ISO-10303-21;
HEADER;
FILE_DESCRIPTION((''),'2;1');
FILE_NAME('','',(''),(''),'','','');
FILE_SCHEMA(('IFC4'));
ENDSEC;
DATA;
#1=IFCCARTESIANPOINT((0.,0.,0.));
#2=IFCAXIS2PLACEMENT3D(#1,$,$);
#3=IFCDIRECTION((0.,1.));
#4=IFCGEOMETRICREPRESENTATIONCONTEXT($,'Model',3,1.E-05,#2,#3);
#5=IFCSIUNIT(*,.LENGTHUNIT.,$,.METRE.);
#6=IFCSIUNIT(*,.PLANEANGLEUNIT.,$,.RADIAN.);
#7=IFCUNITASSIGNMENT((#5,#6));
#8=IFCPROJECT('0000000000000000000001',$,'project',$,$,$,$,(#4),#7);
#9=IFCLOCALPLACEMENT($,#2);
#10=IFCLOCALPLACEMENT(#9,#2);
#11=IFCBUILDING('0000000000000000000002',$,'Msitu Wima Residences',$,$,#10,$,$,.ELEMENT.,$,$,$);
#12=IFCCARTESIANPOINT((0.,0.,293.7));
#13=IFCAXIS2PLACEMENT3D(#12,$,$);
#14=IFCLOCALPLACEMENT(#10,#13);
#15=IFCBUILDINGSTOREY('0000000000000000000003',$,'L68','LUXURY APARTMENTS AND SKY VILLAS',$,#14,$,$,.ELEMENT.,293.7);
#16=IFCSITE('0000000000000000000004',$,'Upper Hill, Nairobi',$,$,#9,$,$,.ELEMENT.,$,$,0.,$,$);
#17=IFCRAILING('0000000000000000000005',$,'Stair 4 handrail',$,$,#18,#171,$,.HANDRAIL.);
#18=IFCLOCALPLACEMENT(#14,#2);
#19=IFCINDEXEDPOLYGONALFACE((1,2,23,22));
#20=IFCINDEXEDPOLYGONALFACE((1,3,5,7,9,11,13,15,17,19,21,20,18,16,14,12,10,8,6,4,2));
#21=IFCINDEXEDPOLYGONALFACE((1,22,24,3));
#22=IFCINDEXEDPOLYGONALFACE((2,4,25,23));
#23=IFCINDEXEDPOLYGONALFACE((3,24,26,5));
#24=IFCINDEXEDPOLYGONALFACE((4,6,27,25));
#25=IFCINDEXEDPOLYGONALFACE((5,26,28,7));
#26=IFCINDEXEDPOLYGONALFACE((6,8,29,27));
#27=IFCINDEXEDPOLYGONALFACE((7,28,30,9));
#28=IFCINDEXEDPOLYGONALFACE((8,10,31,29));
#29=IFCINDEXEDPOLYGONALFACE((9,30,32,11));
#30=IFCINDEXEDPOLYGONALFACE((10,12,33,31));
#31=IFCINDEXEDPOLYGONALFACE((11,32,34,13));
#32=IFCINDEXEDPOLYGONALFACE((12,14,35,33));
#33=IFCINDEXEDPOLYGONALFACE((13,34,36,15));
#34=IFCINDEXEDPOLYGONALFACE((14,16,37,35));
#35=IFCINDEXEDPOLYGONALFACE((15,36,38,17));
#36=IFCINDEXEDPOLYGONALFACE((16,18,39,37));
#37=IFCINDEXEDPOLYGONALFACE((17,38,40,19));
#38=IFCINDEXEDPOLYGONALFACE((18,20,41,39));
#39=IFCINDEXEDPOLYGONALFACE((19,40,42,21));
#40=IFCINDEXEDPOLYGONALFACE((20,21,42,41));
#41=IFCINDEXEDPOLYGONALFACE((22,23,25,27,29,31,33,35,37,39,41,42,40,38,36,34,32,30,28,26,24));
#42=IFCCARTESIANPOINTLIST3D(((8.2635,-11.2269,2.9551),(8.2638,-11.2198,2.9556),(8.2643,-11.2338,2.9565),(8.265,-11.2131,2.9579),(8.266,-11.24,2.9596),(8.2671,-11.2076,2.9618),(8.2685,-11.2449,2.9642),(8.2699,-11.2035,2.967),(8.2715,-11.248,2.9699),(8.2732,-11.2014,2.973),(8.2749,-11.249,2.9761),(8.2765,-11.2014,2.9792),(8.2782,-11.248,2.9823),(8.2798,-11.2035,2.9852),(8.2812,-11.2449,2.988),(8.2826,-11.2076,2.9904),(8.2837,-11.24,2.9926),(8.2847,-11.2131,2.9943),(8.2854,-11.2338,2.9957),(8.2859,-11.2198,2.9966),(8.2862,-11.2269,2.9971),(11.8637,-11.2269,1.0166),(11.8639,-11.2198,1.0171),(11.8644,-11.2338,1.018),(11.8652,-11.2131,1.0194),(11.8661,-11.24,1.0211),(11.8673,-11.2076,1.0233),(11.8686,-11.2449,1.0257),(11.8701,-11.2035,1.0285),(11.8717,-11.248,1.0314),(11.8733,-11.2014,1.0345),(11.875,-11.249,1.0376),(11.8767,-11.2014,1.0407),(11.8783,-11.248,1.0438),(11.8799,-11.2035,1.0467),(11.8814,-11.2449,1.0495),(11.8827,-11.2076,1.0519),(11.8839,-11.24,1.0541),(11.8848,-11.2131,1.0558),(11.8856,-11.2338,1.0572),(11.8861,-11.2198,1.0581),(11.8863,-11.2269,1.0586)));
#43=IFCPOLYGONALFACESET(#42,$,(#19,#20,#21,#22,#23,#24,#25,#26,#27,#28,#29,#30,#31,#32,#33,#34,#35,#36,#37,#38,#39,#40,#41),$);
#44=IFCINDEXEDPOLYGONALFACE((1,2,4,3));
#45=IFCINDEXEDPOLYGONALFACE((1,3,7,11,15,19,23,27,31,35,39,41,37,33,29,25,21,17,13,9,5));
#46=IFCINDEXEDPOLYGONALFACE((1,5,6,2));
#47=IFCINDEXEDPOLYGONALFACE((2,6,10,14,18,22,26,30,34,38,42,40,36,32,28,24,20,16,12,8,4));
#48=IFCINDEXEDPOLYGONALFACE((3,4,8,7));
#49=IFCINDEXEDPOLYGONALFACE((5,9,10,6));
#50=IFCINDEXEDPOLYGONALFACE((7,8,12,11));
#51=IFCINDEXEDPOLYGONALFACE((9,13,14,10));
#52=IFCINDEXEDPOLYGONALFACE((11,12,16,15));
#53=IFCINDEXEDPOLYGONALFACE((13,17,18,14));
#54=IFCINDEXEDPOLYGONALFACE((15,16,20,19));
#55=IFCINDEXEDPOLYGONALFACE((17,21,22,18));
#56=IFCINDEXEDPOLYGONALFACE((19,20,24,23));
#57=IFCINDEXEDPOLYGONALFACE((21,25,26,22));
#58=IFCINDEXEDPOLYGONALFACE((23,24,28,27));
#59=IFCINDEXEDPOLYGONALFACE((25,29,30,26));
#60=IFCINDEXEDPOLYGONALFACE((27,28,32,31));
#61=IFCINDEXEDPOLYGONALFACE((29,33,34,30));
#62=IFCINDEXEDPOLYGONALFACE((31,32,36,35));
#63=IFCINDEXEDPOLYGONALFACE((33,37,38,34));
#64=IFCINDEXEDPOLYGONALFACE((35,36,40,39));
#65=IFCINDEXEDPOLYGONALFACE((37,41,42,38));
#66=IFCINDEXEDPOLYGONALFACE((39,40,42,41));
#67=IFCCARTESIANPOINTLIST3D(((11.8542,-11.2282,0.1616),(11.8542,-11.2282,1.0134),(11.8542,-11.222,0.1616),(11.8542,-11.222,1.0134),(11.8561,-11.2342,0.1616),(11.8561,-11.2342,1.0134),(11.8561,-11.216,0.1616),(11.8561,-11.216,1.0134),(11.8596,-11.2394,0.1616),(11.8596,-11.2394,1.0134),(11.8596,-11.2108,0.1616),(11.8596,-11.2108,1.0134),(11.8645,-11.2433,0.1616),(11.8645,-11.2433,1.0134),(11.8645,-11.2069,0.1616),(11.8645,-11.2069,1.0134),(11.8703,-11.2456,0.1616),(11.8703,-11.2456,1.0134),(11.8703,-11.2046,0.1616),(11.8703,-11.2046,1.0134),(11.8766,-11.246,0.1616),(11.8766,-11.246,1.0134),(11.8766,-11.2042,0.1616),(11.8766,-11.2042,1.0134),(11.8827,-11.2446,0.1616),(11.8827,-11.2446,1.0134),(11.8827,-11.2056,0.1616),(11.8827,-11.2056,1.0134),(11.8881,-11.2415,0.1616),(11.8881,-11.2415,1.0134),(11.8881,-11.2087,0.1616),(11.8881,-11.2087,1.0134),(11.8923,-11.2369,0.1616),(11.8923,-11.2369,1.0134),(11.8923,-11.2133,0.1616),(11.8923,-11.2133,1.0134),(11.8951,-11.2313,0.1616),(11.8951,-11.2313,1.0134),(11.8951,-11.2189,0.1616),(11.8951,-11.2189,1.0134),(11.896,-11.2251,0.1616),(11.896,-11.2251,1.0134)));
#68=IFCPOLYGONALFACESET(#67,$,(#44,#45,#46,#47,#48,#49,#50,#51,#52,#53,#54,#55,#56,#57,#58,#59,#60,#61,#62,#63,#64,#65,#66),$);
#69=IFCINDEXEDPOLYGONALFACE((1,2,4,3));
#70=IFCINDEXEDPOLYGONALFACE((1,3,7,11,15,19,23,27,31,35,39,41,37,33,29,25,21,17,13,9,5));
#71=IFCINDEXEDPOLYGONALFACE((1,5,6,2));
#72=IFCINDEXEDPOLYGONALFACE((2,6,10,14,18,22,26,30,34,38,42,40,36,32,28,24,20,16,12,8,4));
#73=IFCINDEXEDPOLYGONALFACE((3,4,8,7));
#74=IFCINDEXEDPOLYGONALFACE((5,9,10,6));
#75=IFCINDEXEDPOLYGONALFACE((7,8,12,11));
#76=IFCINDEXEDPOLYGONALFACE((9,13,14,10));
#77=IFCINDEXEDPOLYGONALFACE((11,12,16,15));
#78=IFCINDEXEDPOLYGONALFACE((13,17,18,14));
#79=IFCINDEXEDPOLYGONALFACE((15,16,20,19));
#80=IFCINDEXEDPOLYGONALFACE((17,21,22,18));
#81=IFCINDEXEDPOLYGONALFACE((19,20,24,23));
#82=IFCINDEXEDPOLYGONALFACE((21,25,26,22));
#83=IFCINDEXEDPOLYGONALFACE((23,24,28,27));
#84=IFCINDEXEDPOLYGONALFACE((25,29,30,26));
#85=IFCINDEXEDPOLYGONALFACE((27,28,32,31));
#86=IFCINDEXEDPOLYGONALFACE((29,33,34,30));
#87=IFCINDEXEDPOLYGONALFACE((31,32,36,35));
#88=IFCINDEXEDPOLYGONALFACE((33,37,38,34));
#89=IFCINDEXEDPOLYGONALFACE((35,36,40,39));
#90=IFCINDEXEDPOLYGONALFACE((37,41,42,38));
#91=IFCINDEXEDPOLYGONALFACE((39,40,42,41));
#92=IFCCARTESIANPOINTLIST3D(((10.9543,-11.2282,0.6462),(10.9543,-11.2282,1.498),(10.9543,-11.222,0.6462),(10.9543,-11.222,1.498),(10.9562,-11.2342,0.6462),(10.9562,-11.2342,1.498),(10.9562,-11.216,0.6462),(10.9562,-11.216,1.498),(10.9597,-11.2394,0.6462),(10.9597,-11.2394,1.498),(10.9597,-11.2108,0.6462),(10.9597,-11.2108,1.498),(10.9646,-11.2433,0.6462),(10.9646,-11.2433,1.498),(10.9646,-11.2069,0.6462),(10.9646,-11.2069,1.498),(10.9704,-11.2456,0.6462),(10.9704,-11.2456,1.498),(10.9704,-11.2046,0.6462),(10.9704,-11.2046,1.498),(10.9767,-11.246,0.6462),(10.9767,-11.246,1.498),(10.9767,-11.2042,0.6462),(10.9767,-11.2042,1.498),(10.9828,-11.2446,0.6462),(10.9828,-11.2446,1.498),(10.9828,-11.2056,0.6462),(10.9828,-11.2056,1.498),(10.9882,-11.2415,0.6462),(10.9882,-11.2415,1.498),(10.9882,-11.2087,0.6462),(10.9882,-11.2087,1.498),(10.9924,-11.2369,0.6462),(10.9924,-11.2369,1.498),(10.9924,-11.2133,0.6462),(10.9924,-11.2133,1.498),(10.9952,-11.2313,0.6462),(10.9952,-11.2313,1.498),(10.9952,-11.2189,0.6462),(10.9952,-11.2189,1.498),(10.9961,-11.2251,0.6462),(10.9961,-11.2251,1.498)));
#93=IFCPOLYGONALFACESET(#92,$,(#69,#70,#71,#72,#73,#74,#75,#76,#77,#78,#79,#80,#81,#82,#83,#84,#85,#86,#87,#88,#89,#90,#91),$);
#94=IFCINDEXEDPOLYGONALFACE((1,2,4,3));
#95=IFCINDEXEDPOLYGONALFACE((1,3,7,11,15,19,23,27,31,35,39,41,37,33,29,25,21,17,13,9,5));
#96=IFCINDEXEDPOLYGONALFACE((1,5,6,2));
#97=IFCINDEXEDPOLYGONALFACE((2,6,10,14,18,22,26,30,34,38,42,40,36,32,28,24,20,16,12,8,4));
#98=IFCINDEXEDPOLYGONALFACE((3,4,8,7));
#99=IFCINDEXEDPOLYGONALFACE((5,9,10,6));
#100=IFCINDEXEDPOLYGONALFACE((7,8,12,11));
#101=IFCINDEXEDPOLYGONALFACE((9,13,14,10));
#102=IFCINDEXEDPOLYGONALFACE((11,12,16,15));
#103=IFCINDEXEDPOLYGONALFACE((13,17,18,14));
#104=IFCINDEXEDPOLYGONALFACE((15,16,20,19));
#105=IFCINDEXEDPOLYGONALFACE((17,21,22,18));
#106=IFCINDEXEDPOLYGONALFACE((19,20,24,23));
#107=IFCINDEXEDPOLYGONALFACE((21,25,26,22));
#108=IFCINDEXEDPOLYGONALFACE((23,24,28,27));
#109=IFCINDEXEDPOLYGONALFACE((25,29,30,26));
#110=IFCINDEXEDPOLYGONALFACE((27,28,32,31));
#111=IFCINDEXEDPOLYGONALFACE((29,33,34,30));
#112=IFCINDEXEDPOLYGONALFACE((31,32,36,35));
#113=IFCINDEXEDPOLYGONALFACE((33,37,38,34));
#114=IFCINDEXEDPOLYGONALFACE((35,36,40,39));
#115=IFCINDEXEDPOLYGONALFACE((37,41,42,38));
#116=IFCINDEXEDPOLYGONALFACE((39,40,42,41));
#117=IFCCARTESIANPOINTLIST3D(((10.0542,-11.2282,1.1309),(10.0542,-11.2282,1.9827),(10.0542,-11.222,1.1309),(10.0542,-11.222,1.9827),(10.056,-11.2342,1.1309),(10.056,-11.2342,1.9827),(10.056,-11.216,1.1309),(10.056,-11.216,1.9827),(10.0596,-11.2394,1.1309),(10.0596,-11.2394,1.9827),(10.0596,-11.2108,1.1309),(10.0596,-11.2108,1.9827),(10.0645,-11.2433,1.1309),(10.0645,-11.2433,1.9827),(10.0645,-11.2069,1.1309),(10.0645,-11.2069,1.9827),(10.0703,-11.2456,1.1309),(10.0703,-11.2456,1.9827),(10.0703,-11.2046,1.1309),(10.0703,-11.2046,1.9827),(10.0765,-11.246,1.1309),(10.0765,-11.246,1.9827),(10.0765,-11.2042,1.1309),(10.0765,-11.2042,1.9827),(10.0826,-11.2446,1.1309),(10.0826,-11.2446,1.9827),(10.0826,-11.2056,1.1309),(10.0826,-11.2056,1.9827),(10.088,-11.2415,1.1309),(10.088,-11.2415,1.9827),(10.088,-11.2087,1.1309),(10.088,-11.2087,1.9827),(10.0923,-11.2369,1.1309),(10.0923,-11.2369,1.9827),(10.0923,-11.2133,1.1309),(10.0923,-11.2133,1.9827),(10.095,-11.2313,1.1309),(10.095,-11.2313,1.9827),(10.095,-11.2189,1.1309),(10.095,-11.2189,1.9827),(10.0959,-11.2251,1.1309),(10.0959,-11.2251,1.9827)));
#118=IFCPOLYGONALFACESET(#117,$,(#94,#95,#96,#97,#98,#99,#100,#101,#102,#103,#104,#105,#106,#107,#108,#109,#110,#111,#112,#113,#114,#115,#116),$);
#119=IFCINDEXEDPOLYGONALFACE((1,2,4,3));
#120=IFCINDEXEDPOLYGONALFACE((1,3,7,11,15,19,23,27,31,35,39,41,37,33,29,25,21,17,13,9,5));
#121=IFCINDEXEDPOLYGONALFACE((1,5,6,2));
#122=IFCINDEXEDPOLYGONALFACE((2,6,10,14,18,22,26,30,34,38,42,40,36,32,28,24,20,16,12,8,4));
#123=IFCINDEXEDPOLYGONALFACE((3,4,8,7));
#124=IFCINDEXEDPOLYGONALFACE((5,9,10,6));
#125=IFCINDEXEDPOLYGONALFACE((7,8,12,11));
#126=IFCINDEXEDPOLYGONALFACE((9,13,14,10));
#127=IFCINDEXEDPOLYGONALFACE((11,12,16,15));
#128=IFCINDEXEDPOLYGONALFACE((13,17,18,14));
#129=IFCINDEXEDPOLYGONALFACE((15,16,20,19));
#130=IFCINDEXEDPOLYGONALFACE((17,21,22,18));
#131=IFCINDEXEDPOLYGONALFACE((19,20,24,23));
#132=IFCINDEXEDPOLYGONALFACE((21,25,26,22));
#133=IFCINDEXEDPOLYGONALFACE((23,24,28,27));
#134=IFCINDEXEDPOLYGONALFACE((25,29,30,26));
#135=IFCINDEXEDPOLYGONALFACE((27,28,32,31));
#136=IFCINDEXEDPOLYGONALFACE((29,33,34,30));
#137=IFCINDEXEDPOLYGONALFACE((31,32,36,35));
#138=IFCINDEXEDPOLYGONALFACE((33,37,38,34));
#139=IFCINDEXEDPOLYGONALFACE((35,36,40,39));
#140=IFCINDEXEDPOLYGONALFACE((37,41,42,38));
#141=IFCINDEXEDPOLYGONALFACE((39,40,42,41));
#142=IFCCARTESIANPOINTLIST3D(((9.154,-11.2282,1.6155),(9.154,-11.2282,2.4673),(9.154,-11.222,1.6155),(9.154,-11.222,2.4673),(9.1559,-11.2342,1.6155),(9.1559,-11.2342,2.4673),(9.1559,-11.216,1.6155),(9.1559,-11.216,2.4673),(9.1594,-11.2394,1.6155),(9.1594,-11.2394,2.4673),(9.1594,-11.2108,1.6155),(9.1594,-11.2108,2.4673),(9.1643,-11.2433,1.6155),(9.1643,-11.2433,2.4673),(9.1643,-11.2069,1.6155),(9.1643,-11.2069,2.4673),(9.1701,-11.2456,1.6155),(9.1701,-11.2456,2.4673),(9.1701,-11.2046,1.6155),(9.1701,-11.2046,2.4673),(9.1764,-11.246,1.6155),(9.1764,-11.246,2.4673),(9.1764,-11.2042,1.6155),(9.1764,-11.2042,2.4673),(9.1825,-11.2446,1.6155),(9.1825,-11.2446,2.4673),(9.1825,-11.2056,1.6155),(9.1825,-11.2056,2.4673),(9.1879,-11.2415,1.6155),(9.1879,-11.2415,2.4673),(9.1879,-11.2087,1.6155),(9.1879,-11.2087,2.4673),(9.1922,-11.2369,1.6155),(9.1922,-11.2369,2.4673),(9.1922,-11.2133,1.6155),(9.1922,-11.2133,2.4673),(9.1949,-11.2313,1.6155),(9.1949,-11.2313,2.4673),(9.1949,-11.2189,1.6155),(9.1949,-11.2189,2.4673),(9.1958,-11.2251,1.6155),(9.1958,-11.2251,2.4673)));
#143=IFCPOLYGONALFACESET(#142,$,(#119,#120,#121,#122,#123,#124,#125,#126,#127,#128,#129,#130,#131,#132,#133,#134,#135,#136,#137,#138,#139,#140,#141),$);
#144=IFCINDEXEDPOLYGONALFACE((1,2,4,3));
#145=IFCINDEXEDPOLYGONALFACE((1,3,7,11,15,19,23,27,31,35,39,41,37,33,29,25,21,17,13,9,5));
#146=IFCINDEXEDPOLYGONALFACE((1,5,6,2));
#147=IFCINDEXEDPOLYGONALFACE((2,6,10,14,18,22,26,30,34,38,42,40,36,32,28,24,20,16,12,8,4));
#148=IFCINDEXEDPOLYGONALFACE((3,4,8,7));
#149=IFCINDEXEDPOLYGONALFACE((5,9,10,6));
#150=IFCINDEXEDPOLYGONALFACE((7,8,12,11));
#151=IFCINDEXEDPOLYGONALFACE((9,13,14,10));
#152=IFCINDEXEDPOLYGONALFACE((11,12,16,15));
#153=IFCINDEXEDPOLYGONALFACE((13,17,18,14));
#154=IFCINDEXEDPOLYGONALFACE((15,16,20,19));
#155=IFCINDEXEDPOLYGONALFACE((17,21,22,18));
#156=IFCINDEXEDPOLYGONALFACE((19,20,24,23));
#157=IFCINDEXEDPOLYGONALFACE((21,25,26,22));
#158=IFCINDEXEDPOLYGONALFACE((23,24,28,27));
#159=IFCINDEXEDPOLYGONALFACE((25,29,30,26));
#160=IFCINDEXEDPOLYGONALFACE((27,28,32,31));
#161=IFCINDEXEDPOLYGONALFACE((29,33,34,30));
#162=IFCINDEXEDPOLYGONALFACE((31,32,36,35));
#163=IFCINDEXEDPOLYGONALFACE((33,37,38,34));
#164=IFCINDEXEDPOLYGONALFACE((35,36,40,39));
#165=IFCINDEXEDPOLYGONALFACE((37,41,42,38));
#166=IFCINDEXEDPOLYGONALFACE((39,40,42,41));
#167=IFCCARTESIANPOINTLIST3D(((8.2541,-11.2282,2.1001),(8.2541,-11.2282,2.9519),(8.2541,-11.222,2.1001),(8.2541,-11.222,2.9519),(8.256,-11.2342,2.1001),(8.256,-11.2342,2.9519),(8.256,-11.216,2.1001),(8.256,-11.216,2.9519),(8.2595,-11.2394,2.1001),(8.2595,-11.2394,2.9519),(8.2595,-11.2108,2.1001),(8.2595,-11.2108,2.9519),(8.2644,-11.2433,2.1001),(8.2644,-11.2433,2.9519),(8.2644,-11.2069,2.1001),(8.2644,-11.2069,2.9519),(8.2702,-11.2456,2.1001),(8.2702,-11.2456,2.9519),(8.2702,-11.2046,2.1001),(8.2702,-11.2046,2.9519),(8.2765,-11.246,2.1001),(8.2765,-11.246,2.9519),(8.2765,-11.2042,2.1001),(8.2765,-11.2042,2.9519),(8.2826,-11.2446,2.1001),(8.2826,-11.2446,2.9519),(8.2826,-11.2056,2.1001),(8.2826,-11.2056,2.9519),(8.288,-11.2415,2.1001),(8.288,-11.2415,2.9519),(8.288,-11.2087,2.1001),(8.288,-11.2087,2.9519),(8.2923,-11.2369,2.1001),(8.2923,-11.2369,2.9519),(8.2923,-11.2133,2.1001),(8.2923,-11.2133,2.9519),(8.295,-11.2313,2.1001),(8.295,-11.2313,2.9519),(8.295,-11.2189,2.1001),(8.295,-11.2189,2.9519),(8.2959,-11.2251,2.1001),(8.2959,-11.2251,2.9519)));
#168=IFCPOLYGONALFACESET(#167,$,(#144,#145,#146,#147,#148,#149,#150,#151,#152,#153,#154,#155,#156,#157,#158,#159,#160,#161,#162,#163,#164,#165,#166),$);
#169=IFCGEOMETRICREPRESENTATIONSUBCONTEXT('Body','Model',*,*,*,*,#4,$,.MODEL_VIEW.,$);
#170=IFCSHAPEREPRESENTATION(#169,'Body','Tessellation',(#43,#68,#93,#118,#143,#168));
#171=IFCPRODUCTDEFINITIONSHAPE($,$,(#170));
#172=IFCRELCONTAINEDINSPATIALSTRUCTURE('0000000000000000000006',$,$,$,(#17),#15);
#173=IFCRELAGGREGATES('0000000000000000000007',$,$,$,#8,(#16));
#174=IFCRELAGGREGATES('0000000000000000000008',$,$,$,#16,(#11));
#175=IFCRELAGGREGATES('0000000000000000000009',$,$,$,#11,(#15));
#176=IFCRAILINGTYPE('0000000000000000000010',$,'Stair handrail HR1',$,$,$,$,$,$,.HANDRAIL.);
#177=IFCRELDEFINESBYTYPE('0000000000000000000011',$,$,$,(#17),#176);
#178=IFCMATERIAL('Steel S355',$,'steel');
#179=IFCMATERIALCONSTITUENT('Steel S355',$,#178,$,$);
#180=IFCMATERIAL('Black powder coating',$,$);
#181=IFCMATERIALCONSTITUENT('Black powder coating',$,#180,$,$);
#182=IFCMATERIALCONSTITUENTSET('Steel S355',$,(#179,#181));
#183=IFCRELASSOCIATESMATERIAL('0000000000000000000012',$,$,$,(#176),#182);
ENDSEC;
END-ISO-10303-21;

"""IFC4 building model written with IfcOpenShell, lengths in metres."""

from ifc_helpers import new_model, si_unit, direction, frame, origin, origin_2d, place, context, subcontext, project, spatial, circle, extrude, material, constituent, constituent_set, type_object, element, save


model = new_model("IFC4")

# Units and contexts
model_context = context("Model", 3, precision=1e-05, world=origin(), true_north=direction((0.0, 1.0)))
body_context = subcontext(model_context, "Body", "Model", "MODEL_VIEW")
ifc_project = project(units=[si_unit("LENGTHUNIT", "METRE"), si_unit("PLANEANGLEUNIT", "RADIAN")], contexts=[model_context])

# Site, building, storey
site_placement = place(None, origin())
site = spatial("IfcSite", under=ifc_project, at=site_placement, Name="Upper Hill, Nairobi", CompositionType="ELEMENT", RefElevation=0.0)
building_placement = place(site_placement, origin())
building = spatial("IfcBuilding", under=site, at=building_placement, Name="Msitu Wima Residences", CompositionType="ELEMENT")
storey_placement = place(building_placement, frame((0.0, 0.0, 293.7)))
storey = spatial("IfcBuildingStorey", under=building, at=storey_placement, Name="L68", Description="LUXURY APARTMENTS AND SKY VILLAS", CompositionType="ELEMENT", Elevation=293.7)

# Railing
ifc_material_1 = material(Name="Steel S355", Category="steel")
ifc_constituent_1 = constituent(ifc_material_1, Name="Steel S355")
ifc_material_2 = material(Name="Black powder coating")
ifc_constituent_2 = constituent(ifc_material_2, Name="Black powder coating")
ifc_constituent_set = constituent_set(constituents=[ifc_constituent_1, ifc_constituent_2], Name="Steel S355")
railing_type = type_object("IfcRailingType", Name="Stair handrail HR1", PredefinedType="HANDRAIL", material=ifc_constituent_set)
for number, where, name in (
    (1, (11.875, -11.2251, 0.1616), "Stair 4 handrail"),
):
    element("IfcRailing", number, at=place(storey_placement, frame(where)), inside=storey, type_object=railing_type, Name=name, PredefinedType="HANDRAIL", context=body_context, shape_type="SweptSolid", body=[
        extrude(circle(Radius=0.0239, at=origin_2d()), frame((0.0, 0.0, 0.876), z_axis=(-0.880475, 0.0, 0.474093), x_axis=(0.0, -1.0, 0.0)), (0.0, 0.0, 1.0), 4.0889),
        extrude(circle(Radius=0.021, at=origin_2d()), origin(), (0.0, 0.0, 1.0), 0.8518),
        extrude(circle(Radius=0.021, at=origin_2d()), frame((-0.8999, 0.0, 0.4846)), (0.0, 0.0, 1.0), 0.8518),
        extrude(circle(Radius=0.021, at=origin_2d()), frame((-1.8, 0.0, 0.9692)), (0.0, 0.0, 1.0), 0.8518),
        extrude(circle(Radius=0.021, at=origin_2d()), frame((-2.7002, 0.0, 1.4539)), (0.0, 0.0, 1.0), 0.8518),
        extrude(circle(Radius=0.021, at=origin_2d()), frame((-3.6001, 0.0, 1.9385)), (0.0, 0.0, 1.0), 0.8518),
    ])

save(model, "model.ifc")
